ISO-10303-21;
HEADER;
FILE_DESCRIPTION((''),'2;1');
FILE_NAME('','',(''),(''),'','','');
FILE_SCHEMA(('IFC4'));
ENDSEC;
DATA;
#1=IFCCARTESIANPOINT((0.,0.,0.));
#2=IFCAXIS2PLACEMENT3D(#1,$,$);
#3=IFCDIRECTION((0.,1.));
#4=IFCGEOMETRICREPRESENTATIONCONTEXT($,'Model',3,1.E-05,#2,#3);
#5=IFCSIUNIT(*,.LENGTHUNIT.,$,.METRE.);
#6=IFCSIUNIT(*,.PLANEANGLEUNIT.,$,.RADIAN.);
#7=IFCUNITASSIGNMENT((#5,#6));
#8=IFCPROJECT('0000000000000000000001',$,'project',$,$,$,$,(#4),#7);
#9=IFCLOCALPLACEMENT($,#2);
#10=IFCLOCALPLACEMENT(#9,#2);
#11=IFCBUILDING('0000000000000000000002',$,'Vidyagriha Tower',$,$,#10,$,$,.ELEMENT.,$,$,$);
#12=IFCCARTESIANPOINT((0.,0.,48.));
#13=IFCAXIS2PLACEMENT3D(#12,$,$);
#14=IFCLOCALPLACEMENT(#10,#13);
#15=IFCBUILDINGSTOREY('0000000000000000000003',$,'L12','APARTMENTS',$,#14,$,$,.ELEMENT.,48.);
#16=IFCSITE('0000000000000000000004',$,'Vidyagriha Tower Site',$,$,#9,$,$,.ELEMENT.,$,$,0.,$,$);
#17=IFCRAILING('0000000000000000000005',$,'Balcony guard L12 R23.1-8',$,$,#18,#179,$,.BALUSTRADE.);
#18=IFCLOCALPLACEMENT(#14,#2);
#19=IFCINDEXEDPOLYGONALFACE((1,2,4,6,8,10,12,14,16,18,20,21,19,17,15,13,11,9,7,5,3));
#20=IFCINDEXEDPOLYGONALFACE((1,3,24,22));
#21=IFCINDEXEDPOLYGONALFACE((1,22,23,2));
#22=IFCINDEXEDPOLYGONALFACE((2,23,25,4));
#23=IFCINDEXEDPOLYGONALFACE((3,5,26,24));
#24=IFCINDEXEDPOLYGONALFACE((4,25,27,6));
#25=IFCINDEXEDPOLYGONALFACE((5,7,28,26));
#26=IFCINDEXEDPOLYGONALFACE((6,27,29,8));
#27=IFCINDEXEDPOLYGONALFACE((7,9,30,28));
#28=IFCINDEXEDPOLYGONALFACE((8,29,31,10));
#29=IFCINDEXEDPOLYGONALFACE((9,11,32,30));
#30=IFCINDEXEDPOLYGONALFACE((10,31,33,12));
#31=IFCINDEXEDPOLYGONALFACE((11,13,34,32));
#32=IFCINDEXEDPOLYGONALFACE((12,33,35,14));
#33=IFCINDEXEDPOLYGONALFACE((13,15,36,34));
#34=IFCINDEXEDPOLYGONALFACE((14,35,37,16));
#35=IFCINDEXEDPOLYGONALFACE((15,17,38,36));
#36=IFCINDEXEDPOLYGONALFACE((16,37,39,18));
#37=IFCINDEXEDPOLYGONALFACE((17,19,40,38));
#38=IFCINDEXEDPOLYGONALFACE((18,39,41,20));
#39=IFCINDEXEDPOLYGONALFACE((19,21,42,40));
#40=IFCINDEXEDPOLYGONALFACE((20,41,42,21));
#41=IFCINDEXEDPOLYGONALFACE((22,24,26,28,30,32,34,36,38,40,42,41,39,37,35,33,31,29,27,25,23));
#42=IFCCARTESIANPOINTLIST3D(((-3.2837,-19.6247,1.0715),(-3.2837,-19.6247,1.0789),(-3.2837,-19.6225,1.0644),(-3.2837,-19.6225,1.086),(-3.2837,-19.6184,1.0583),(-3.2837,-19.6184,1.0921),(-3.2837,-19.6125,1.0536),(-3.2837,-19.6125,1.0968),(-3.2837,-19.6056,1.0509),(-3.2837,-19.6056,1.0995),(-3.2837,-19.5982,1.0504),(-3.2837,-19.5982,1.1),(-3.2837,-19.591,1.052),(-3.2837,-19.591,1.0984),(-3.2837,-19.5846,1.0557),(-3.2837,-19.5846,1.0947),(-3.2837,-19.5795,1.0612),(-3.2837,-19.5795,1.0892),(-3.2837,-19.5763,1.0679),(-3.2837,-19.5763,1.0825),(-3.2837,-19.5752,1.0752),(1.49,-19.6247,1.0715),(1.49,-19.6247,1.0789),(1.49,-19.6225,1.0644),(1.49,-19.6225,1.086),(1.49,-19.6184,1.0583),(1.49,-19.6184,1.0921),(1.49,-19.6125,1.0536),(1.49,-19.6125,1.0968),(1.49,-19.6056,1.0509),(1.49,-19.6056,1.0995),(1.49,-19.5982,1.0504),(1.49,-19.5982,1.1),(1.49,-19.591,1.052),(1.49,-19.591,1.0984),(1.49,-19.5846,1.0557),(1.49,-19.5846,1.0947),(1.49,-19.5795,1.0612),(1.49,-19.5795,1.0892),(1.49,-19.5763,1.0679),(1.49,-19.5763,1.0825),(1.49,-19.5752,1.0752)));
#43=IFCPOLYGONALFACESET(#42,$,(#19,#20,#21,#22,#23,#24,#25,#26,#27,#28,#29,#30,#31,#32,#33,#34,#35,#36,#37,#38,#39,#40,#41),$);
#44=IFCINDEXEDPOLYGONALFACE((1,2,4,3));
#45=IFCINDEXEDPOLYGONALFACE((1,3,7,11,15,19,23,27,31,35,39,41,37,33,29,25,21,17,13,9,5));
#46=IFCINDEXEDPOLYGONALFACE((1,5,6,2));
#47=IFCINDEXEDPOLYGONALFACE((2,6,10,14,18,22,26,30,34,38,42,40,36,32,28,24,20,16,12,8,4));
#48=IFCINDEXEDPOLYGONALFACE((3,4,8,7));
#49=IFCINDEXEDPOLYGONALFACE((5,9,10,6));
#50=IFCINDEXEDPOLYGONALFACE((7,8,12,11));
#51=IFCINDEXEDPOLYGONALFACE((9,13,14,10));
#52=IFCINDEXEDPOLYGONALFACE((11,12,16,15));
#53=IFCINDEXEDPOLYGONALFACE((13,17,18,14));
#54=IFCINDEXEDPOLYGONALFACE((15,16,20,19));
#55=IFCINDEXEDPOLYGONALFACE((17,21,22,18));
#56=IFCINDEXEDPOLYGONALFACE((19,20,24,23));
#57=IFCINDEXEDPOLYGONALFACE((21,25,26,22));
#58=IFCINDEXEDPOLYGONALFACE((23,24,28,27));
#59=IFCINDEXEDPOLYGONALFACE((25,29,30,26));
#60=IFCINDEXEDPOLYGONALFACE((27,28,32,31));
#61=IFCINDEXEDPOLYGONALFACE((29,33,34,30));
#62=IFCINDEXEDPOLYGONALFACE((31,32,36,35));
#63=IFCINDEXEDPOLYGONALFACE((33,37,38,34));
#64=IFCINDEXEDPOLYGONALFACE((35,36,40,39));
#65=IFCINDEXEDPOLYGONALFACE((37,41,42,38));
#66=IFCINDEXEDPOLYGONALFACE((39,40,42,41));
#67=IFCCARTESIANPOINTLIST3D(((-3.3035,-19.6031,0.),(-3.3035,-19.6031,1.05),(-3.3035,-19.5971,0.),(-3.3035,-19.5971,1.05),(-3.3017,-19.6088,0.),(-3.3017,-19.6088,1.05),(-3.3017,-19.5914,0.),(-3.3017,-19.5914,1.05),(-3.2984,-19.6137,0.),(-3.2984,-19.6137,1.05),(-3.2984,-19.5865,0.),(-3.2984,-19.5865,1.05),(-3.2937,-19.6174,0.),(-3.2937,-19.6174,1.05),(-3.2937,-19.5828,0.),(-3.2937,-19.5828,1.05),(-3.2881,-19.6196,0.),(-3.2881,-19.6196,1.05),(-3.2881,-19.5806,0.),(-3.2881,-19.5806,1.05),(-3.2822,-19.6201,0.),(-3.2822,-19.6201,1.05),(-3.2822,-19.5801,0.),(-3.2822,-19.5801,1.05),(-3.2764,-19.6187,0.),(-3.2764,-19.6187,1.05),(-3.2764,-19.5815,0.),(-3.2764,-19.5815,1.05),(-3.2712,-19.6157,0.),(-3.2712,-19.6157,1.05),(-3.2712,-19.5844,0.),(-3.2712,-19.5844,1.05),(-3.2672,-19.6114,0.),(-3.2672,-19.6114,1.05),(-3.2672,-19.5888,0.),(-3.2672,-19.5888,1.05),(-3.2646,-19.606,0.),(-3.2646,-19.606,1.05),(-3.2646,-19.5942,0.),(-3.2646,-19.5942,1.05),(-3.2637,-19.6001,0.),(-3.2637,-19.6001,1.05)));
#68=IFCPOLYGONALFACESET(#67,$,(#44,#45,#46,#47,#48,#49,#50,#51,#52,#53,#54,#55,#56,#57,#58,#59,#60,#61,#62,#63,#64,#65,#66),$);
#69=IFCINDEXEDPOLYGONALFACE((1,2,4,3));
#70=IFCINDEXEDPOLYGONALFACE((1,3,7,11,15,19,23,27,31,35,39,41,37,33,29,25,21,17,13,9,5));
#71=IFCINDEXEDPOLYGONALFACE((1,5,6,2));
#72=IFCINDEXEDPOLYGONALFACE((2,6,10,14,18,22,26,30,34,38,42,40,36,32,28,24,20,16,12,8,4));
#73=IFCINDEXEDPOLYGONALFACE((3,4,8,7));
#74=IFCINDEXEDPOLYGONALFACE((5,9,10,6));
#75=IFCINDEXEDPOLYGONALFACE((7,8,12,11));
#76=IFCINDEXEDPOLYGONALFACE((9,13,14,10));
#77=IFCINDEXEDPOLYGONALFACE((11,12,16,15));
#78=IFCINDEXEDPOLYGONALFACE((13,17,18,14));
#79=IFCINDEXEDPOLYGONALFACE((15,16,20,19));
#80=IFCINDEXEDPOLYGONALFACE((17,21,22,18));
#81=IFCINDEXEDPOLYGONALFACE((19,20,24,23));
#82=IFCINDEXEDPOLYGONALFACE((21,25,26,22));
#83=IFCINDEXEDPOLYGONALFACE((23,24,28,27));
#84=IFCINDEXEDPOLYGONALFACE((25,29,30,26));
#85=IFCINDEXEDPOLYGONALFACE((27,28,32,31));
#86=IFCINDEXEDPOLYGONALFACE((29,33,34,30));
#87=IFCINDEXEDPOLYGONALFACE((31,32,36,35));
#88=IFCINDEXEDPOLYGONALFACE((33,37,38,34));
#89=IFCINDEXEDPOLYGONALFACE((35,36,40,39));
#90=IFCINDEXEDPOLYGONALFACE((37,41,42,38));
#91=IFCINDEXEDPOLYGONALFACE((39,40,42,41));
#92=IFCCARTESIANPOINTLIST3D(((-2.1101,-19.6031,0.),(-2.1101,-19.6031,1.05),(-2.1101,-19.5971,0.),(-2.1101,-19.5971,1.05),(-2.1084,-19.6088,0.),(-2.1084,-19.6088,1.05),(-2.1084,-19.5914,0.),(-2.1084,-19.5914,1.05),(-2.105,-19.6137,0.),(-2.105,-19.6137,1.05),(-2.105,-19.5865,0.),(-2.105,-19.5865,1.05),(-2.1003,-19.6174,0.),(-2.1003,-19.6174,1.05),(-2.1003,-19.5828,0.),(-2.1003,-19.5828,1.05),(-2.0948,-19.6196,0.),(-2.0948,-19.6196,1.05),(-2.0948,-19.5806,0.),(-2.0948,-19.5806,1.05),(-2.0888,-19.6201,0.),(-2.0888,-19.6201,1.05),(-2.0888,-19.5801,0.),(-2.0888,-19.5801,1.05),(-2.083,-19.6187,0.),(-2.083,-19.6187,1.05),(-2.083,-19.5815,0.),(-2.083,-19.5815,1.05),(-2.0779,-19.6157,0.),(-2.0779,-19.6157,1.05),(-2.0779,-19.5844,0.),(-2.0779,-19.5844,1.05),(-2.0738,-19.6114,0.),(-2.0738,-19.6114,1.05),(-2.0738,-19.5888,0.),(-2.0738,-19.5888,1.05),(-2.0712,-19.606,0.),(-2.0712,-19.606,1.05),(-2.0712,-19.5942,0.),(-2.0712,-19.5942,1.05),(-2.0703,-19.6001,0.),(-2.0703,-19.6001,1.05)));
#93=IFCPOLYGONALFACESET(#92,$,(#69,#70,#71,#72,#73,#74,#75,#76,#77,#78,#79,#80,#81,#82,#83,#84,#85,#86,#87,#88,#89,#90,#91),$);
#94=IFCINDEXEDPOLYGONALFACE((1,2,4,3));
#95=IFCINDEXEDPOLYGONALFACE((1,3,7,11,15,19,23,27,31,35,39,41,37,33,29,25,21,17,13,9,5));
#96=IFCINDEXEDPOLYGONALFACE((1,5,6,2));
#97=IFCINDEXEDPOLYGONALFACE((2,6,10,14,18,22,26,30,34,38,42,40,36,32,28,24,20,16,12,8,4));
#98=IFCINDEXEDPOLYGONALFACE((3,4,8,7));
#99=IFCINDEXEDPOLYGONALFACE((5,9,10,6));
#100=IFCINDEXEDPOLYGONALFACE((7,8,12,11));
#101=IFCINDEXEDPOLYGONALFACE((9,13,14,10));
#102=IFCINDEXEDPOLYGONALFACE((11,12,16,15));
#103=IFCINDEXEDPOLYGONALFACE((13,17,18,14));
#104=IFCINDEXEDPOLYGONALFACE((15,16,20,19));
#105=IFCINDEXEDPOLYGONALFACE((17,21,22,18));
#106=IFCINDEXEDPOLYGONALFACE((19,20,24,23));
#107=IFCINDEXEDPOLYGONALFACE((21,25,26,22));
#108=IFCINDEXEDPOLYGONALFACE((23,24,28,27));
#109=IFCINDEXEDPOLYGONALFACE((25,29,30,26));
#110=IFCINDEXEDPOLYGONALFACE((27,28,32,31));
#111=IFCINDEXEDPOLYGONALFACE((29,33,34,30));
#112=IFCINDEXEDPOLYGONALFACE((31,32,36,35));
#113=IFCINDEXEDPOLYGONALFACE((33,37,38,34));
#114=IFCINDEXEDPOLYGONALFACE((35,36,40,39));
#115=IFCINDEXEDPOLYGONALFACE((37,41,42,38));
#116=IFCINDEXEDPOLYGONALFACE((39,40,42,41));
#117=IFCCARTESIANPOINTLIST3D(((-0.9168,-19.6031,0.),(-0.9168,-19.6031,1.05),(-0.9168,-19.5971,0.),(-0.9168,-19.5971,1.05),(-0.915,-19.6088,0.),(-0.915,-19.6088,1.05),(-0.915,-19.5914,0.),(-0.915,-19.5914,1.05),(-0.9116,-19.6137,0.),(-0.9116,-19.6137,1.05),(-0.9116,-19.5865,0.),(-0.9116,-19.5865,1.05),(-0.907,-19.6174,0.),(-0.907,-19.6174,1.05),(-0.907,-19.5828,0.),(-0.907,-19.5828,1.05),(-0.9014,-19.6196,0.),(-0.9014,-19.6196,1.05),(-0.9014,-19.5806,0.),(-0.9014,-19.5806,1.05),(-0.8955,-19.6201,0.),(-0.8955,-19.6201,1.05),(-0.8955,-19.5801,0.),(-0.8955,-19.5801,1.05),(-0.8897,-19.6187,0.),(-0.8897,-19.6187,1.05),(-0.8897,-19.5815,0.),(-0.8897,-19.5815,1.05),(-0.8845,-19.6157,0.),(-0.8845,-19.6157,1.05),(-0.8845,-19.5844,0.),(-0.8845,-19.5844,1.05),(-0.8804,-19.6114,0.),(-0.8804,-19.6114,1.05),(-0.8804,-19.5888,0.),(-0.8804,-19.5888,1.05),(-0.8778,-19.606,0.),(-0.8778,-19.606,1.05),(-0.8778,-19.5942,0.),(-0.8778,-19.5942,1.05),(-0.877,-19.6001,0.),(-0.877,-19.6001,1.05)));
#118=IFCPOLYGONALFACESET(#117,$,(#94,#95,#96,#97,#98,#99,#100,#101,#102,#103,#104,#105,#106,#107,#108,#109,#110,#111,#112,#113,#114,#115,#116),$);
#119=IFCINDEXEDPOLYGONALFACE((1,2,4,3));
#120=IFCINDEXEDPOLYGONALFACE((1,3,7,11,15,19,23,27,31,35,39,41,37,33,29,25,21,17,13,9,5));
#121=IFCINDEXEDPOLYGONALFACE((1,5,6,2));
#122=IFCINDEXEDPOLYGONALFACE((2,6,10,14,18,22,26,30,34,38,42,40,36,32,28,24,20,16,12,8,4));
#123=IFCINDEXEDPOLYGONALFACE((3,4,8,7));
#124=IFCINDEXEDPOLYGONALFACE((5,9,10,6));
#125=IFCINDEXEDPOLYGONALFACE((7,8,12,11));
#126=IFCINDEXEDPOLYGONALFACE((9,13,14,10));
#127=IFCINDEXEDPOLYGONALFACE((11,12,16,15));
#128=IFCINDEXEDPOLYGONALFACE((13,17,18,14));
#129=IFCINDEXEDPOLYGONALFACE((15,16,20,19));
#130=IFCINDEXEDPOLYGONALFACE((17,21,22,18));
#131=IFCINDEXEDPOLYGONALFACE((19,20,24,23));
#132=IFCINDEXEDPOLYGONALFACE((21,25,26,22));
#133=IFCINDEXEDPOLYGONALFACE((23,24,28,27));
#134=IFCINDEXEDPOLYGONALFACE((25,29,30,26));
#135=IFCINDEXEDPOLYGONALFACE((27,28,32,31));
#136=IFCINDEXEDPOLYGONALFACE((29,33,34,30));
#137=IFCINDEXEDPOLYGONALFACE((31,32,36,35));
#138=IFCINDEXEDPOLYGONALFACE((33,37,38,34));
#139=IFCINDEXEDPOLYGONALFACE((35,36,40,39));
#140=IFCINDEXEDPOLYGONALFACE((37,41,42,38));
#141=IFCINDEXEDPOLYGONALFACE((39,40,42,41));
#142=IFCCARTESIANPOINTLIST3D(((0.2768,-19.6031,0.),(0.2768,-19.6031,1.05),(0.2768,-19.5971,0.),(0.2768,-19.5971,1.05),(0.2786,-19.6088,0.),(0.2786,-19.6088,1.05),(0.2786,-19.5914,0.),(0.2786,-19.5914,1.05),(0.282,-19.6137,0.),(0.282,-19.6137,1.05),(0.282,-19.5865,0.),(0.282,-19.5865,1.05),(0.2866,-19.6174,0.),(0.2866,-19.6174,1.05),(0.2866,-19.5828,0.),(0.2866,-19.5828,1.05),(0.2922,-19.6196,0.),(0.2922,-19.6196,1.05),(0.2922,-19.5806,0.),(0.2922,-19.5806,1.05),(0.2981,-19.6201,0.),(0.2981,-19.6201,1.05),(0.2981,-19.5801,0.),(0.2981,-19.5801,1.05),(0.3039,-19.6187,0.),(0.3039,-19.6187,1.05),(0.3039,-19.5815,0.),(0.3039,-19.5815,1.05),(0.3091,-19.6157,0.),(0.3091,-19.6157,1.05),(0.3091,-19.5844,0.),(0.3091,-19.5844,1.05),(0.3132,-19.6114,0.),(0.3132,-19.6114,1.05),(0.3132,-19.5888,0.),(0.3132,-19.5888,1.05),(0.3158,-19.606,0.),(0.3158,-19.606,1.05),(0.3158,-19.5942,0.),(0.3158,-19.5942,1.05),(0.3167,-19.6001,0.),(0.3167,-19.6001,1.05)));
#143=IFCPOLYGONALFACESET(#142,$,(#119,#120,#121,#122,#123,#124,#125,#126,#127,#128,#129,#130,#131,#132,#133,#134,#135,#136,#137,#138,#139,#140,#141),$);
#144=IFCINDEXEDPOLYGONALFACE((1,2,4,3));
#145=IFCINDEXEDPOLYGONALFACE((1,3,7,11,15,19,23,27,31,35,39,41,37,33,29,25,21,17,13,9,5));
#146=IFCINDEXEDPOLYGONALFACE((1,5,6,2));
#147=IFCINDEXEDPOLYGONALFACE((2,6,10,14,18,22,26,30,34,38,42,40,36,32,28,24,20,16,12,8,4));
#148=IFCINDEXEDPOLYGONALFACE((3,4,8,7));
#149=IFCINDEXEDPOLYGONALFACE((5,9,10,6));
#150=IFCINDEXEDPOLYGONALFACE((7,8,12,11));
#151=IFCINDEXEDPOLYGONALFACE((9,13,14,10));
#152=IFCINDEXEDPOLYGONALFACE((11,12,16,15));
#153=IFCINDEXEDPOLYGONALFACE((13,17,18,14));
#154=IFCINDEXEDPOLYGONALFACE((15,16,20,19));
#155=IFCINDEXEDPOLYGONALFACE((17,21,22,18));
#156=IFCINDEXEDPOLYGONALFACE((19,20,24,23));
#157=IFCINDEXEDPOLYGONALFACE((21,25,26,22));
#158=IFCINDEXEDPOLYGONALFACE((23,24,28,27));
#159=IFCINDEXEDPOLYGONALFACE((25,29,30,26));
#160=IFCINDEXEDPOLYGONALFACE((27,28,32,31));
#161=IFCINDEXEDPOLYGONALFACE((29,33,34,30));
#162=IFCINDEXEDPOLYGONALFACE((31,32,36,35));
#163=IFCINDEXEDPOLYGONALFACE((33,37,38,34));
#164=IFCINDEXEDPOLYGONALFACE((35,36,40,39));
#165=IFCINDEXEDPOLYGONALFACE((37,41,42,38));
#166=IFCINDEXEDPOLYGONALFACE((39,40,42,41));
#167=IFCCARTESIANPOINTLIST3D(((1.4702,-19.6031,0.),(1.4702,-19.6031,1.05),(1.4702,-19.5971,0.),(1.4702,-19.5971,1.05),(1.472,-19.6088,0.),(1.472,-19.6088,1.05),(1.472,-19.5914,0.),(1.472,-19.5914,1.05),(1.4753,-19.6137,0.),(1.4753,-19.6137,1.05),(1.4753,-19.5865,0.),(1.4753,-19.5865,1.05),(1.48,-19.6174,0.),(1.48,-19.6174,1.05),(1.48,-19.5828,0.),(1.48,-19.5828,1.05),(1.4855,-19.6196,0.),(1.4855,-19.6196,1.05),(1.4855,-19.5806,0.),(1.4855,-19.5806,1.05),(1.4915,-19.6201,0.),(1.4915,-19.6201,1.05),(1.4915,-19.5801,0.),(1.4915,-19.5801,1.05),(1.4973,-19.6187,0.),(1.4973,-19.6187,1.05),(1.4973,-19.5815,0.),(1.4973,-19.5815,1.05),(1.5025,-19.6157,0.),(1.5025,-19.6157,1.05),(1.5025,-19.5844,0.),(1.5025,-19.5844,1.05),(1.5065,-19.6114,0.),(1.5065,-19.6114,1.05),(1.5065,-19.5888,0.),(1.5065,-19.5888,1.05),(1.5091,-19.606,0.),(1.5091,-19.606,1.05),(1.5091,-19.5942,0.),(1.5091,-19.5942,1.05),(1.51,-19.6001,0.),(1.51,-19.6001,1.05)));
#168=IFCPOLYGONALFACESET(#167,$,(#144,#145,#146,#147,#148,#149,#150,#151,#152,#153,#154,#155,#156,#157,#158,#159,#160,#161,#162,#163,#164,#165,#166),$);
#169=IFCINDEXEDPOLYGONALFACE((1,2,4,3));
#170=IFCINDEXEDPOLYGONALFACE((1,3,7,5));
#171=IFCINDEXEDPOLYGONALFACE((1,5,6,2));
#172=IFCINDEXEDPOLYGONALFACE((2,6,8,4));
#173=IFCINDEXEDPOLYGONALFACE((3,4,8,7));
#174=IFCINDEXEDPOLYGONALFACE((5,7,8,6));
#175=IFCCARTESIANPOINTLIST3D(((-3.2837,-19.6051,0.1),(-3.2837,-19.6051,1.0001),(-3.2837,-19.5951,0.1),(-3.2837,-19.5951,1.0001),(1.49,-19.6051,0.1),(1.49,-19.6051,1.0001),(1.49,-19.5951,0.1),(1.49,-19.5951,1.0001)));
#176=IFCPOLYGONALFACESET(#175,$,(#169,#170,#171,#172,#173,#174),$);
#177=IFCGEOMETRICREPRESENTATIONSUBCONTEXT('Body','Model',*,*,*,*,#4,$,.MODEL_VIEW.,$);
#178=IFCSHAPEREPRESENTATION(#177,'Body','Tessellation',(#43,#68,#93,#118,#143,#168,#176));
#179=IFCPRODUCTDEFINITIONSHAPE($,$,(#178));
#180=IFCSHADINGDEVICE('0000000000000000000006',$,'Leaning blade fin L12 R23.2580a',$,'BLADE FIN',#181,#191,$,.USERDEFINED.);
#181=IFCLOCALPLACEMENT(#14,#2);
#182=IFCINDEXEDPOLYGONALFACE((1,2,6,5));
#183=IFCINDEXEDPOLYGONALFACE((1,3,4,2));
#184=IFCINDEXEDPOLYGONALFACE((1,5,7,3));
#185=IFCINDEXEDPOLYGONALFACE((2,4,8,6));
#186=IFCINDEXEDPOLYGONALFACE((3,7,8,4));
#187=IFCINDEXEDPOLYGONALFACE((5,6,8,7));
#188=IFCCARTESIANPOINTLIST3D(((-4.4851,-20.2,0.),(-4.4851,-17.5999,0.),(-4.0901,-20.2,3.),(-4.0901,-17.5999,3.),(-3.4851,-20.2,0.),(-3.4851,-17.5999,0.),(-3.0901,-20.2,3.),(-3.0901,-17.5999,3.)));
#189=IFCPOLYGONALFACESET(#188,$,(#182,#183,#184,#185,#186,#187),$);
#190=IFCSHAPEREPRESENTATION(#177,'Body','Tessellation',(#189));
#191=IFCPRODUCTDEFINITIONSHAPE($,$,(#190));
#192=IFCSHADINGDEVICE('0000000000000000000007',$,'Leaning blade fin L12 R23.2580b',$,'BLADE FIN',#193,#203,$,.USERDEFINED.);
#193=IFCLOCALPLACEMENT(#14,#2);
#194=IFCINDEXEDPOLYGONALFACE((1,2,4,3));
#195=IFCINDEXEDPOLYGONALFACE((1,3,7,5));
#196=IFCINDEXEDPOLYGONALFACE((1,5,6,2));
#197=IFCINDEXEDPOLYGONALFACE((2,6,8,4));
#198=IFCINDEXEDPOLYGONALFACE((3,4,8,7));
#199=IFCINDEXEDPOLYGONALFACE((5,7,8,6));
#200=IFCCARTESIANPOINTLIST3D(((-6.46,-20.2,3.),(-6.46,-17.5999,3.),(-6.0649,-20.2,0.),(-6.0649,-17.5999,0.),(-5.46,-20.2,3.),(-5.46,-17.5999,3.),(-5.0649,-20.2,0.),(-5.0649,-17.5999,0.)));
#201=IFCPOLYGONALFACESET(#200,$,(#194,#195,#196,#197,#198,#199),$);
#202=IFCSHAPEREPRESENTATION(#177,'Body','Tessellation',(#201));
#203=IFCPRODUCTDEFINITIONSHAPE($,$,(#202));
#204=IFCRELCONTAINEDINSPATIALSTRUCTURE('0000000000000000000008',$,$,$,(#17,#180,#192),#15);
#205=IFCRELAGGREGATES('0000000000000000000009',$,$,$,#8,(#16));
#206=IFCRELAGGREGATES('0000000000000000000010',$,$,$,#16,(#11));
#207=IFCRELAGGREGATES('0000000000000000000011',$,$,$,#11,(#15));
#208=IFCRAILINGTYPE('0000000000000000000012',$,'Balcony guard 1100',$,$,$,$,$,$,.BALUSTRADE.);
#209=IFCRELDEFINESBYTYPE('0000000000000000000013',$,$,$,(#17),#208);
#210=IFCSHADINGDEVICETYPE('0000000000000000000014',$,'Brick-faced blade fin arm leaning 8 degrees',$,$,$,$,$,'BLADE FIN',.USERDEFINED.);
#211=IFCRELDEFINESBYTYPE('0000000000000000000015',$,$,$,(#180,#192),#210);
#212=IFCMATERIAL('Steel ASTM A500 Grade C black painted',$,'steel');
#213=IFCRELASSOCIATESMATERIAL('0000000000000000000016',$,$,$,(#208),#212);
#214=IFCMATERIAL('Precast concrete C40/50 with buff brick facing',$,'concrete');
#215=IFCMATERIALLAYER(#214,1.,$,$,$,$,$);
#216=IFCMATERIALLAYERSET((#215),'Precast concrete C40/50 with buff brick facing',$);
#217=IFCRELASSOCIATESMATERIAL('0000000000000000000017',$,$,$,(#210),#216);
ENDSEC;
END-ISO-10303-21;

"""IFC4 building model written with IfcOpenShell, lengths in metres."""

from ifc_helpers import new_model, si_unit, direction, frame, origin, origin_2d, place, context, subcontext, project, spatial, polyline, rectangle, circle, outline, extrude, material, layer, layer_set, type_object, element, save


model = new_model("IFC4")

# Units and contexts
model_context = context("Model", 3, precision=1e-05, world=origin(), true_north=direction((0.0, 1.0)))
body_context = subcontext(model_context, "Body", "Model", "MODEL_VIEW")
ifc_project = project(units=[si_unit("LENGTHUNIT", "METRE"), si_unit("PLANEANGLEUNIT", "RADIAN")], contexts=[model_context])

# Site, building, storey
site_placement = place(None, origin())
site = spatial("IfcSite", under=ifc_project, at=site_placement, Name="Vidyagriha Tower Site", CompositionType="ELEMENT", RefElevation=0.0)
building_placement = place(site_placement, origin())
building = spatial("IfcBuilding", under=site, at=building_placement, Name="Vidyagriha Tower", CompositionType="ELEMENT")
storey_placement = place(building_placement, frame((0.0, 0.0, 48.0)))
storey = spatial("IfcBuildingStorey", under=building, at=storey_placement, Name="L12", Description="APARTMENTS", CompositionType="ELEMENT", Elevation=48.0)

# Railing
ifc_material_1 = material(Name="Steel ASTM A500 Grade C black painted", Category="steel")
railing_type = type_object("IfcRailingType", Name="Balcony guard 1100", PredefinedType="BALUSTRADE", material=ifc_material_1)
railing_1_placement = place(storey_placement, frame((-3.2837, -19.6001, 0.0)))
element("IfcRailing", 1, at=railing_1_placement, inside=storey, type_object=railing_type, Name="Balcony guard L12 R23.1-8", PredefinedType="BALUSTRADE", context=body_context, shape_type="SweptSolid", body=[
    extrude(circle(Radius=0.0249, at=origin_2d()), frame((0.0, 0.0, 1.0752), z_axis=(1.0, 0.0, 0.0), x_axis=(0.0, 1.0, 0.0)), (0.0, 0.0, 1.0), 4.7737),
    extrude(circle(Radius=0.02, at=origin_2d()), origin(), (0.0, 0.0, 1.0), 1.05),
    extrude(circle(Radius=0.02, at=origin_2d()), frame((1.1934, 0.0, 0.0)), (0.0, 0.0, 1.0), 1.05),
    extrude(circle(Radius=0.02, at=origin_2d()), frame((2.3867, 0.0, 0.0)), (0.0, 0.0, 1.0), 1.05),
    extrude(circle(Radius=0.02, at=origin_2d()), frame((3.5803, 0.0, 0.0)), (0.0, 0.0, 1.0), 1.05),
    extrude(circle(Radius=0.02, at=origin_2d()), frame((4.7737, 0.0, 0.0)), (0.0, 0.0, 1.0), 1.05),
    extrude(rectangle(XDim=0.01, YDim=0.9001, at=origin_2d()), frame((0.0, 0.0, 0.55), z_axis=(1.0, 0.0, 0.0), x_axis=(0.0, 1.0, 0.0)), (0.0, 0.0, 1.0), 4.7737),
])

# Shading devices
ifc_material_2 = material(Name="Precast concrete C40/50 with buff brick facing", Category="concrete")
ifc_layer_1 = layer(ifc_material_2, 1.0)
ifc_layer_set_1 = layer_set([ifc_layer_1], Name="Precast concrete C40/50 with buff brick facing")
shading_device_type = type_object("IfcShadingDeviceType", Name="Brick-faced blade fin arm leaning 8 degrees", ElementType="BLADE FIN", PredefinedType="USERDEFINED", material=ifc_layer_set_1)
shading_device_1_placement = place(storey_placement, frame((-4.4851, -18.8999, 0.0)))
element("IfcShadingDevice", 2, at=shading_device_1_placement, inside=storey, type_object=shading_device_type, Name="Leaning blade fin L12 R23.2580a", ObjectType="BLADE FIN", PredefinedType="USERDEFINED", context=body_context, shape_type="SweptSolid", body=[
    extrude(outline(polyline([(0.0, 0.0), (1.0, 0.0), (1.395, 3.0), (0.395, 3.0), (0.0, 0.0)])), frame((0.0, 1.3, 0.0), z_axis=(0.0, -1.0, 0.0), x_axis=(1.0, 0.0, 0.0)), (0.0, 0.0, 1.0), 2.6001),
])
shading_device_2_placement = place(storey_placement, frame((-6.46, -18.8999, 0.0)))
element("IfcShadingDevice", 3, at=shading_device_2_placement, inside=storey, type_object=shading_device_type, Name="Leaning blade fin L12 R23.2580b", ObjectType="BLADE FIN", PredefinedType="USERDEFINED", context=body_context, shape_type="SweptSolid", body=[
    extrude(outline(polyline([(0.395, 0.0), (1.395, 0.0), (1.0, 3.0), (0.0, 3.0), (0.395, 0.0)])), frame((0.0, 1.3, 0.0), z_axis=(0.0, -1.0, 0.0), x_axis=(1.0, 0.0, 0.0)), (0.0, 0.0, 1.0), 2.6001),
])

save(model, "model.ifc")
